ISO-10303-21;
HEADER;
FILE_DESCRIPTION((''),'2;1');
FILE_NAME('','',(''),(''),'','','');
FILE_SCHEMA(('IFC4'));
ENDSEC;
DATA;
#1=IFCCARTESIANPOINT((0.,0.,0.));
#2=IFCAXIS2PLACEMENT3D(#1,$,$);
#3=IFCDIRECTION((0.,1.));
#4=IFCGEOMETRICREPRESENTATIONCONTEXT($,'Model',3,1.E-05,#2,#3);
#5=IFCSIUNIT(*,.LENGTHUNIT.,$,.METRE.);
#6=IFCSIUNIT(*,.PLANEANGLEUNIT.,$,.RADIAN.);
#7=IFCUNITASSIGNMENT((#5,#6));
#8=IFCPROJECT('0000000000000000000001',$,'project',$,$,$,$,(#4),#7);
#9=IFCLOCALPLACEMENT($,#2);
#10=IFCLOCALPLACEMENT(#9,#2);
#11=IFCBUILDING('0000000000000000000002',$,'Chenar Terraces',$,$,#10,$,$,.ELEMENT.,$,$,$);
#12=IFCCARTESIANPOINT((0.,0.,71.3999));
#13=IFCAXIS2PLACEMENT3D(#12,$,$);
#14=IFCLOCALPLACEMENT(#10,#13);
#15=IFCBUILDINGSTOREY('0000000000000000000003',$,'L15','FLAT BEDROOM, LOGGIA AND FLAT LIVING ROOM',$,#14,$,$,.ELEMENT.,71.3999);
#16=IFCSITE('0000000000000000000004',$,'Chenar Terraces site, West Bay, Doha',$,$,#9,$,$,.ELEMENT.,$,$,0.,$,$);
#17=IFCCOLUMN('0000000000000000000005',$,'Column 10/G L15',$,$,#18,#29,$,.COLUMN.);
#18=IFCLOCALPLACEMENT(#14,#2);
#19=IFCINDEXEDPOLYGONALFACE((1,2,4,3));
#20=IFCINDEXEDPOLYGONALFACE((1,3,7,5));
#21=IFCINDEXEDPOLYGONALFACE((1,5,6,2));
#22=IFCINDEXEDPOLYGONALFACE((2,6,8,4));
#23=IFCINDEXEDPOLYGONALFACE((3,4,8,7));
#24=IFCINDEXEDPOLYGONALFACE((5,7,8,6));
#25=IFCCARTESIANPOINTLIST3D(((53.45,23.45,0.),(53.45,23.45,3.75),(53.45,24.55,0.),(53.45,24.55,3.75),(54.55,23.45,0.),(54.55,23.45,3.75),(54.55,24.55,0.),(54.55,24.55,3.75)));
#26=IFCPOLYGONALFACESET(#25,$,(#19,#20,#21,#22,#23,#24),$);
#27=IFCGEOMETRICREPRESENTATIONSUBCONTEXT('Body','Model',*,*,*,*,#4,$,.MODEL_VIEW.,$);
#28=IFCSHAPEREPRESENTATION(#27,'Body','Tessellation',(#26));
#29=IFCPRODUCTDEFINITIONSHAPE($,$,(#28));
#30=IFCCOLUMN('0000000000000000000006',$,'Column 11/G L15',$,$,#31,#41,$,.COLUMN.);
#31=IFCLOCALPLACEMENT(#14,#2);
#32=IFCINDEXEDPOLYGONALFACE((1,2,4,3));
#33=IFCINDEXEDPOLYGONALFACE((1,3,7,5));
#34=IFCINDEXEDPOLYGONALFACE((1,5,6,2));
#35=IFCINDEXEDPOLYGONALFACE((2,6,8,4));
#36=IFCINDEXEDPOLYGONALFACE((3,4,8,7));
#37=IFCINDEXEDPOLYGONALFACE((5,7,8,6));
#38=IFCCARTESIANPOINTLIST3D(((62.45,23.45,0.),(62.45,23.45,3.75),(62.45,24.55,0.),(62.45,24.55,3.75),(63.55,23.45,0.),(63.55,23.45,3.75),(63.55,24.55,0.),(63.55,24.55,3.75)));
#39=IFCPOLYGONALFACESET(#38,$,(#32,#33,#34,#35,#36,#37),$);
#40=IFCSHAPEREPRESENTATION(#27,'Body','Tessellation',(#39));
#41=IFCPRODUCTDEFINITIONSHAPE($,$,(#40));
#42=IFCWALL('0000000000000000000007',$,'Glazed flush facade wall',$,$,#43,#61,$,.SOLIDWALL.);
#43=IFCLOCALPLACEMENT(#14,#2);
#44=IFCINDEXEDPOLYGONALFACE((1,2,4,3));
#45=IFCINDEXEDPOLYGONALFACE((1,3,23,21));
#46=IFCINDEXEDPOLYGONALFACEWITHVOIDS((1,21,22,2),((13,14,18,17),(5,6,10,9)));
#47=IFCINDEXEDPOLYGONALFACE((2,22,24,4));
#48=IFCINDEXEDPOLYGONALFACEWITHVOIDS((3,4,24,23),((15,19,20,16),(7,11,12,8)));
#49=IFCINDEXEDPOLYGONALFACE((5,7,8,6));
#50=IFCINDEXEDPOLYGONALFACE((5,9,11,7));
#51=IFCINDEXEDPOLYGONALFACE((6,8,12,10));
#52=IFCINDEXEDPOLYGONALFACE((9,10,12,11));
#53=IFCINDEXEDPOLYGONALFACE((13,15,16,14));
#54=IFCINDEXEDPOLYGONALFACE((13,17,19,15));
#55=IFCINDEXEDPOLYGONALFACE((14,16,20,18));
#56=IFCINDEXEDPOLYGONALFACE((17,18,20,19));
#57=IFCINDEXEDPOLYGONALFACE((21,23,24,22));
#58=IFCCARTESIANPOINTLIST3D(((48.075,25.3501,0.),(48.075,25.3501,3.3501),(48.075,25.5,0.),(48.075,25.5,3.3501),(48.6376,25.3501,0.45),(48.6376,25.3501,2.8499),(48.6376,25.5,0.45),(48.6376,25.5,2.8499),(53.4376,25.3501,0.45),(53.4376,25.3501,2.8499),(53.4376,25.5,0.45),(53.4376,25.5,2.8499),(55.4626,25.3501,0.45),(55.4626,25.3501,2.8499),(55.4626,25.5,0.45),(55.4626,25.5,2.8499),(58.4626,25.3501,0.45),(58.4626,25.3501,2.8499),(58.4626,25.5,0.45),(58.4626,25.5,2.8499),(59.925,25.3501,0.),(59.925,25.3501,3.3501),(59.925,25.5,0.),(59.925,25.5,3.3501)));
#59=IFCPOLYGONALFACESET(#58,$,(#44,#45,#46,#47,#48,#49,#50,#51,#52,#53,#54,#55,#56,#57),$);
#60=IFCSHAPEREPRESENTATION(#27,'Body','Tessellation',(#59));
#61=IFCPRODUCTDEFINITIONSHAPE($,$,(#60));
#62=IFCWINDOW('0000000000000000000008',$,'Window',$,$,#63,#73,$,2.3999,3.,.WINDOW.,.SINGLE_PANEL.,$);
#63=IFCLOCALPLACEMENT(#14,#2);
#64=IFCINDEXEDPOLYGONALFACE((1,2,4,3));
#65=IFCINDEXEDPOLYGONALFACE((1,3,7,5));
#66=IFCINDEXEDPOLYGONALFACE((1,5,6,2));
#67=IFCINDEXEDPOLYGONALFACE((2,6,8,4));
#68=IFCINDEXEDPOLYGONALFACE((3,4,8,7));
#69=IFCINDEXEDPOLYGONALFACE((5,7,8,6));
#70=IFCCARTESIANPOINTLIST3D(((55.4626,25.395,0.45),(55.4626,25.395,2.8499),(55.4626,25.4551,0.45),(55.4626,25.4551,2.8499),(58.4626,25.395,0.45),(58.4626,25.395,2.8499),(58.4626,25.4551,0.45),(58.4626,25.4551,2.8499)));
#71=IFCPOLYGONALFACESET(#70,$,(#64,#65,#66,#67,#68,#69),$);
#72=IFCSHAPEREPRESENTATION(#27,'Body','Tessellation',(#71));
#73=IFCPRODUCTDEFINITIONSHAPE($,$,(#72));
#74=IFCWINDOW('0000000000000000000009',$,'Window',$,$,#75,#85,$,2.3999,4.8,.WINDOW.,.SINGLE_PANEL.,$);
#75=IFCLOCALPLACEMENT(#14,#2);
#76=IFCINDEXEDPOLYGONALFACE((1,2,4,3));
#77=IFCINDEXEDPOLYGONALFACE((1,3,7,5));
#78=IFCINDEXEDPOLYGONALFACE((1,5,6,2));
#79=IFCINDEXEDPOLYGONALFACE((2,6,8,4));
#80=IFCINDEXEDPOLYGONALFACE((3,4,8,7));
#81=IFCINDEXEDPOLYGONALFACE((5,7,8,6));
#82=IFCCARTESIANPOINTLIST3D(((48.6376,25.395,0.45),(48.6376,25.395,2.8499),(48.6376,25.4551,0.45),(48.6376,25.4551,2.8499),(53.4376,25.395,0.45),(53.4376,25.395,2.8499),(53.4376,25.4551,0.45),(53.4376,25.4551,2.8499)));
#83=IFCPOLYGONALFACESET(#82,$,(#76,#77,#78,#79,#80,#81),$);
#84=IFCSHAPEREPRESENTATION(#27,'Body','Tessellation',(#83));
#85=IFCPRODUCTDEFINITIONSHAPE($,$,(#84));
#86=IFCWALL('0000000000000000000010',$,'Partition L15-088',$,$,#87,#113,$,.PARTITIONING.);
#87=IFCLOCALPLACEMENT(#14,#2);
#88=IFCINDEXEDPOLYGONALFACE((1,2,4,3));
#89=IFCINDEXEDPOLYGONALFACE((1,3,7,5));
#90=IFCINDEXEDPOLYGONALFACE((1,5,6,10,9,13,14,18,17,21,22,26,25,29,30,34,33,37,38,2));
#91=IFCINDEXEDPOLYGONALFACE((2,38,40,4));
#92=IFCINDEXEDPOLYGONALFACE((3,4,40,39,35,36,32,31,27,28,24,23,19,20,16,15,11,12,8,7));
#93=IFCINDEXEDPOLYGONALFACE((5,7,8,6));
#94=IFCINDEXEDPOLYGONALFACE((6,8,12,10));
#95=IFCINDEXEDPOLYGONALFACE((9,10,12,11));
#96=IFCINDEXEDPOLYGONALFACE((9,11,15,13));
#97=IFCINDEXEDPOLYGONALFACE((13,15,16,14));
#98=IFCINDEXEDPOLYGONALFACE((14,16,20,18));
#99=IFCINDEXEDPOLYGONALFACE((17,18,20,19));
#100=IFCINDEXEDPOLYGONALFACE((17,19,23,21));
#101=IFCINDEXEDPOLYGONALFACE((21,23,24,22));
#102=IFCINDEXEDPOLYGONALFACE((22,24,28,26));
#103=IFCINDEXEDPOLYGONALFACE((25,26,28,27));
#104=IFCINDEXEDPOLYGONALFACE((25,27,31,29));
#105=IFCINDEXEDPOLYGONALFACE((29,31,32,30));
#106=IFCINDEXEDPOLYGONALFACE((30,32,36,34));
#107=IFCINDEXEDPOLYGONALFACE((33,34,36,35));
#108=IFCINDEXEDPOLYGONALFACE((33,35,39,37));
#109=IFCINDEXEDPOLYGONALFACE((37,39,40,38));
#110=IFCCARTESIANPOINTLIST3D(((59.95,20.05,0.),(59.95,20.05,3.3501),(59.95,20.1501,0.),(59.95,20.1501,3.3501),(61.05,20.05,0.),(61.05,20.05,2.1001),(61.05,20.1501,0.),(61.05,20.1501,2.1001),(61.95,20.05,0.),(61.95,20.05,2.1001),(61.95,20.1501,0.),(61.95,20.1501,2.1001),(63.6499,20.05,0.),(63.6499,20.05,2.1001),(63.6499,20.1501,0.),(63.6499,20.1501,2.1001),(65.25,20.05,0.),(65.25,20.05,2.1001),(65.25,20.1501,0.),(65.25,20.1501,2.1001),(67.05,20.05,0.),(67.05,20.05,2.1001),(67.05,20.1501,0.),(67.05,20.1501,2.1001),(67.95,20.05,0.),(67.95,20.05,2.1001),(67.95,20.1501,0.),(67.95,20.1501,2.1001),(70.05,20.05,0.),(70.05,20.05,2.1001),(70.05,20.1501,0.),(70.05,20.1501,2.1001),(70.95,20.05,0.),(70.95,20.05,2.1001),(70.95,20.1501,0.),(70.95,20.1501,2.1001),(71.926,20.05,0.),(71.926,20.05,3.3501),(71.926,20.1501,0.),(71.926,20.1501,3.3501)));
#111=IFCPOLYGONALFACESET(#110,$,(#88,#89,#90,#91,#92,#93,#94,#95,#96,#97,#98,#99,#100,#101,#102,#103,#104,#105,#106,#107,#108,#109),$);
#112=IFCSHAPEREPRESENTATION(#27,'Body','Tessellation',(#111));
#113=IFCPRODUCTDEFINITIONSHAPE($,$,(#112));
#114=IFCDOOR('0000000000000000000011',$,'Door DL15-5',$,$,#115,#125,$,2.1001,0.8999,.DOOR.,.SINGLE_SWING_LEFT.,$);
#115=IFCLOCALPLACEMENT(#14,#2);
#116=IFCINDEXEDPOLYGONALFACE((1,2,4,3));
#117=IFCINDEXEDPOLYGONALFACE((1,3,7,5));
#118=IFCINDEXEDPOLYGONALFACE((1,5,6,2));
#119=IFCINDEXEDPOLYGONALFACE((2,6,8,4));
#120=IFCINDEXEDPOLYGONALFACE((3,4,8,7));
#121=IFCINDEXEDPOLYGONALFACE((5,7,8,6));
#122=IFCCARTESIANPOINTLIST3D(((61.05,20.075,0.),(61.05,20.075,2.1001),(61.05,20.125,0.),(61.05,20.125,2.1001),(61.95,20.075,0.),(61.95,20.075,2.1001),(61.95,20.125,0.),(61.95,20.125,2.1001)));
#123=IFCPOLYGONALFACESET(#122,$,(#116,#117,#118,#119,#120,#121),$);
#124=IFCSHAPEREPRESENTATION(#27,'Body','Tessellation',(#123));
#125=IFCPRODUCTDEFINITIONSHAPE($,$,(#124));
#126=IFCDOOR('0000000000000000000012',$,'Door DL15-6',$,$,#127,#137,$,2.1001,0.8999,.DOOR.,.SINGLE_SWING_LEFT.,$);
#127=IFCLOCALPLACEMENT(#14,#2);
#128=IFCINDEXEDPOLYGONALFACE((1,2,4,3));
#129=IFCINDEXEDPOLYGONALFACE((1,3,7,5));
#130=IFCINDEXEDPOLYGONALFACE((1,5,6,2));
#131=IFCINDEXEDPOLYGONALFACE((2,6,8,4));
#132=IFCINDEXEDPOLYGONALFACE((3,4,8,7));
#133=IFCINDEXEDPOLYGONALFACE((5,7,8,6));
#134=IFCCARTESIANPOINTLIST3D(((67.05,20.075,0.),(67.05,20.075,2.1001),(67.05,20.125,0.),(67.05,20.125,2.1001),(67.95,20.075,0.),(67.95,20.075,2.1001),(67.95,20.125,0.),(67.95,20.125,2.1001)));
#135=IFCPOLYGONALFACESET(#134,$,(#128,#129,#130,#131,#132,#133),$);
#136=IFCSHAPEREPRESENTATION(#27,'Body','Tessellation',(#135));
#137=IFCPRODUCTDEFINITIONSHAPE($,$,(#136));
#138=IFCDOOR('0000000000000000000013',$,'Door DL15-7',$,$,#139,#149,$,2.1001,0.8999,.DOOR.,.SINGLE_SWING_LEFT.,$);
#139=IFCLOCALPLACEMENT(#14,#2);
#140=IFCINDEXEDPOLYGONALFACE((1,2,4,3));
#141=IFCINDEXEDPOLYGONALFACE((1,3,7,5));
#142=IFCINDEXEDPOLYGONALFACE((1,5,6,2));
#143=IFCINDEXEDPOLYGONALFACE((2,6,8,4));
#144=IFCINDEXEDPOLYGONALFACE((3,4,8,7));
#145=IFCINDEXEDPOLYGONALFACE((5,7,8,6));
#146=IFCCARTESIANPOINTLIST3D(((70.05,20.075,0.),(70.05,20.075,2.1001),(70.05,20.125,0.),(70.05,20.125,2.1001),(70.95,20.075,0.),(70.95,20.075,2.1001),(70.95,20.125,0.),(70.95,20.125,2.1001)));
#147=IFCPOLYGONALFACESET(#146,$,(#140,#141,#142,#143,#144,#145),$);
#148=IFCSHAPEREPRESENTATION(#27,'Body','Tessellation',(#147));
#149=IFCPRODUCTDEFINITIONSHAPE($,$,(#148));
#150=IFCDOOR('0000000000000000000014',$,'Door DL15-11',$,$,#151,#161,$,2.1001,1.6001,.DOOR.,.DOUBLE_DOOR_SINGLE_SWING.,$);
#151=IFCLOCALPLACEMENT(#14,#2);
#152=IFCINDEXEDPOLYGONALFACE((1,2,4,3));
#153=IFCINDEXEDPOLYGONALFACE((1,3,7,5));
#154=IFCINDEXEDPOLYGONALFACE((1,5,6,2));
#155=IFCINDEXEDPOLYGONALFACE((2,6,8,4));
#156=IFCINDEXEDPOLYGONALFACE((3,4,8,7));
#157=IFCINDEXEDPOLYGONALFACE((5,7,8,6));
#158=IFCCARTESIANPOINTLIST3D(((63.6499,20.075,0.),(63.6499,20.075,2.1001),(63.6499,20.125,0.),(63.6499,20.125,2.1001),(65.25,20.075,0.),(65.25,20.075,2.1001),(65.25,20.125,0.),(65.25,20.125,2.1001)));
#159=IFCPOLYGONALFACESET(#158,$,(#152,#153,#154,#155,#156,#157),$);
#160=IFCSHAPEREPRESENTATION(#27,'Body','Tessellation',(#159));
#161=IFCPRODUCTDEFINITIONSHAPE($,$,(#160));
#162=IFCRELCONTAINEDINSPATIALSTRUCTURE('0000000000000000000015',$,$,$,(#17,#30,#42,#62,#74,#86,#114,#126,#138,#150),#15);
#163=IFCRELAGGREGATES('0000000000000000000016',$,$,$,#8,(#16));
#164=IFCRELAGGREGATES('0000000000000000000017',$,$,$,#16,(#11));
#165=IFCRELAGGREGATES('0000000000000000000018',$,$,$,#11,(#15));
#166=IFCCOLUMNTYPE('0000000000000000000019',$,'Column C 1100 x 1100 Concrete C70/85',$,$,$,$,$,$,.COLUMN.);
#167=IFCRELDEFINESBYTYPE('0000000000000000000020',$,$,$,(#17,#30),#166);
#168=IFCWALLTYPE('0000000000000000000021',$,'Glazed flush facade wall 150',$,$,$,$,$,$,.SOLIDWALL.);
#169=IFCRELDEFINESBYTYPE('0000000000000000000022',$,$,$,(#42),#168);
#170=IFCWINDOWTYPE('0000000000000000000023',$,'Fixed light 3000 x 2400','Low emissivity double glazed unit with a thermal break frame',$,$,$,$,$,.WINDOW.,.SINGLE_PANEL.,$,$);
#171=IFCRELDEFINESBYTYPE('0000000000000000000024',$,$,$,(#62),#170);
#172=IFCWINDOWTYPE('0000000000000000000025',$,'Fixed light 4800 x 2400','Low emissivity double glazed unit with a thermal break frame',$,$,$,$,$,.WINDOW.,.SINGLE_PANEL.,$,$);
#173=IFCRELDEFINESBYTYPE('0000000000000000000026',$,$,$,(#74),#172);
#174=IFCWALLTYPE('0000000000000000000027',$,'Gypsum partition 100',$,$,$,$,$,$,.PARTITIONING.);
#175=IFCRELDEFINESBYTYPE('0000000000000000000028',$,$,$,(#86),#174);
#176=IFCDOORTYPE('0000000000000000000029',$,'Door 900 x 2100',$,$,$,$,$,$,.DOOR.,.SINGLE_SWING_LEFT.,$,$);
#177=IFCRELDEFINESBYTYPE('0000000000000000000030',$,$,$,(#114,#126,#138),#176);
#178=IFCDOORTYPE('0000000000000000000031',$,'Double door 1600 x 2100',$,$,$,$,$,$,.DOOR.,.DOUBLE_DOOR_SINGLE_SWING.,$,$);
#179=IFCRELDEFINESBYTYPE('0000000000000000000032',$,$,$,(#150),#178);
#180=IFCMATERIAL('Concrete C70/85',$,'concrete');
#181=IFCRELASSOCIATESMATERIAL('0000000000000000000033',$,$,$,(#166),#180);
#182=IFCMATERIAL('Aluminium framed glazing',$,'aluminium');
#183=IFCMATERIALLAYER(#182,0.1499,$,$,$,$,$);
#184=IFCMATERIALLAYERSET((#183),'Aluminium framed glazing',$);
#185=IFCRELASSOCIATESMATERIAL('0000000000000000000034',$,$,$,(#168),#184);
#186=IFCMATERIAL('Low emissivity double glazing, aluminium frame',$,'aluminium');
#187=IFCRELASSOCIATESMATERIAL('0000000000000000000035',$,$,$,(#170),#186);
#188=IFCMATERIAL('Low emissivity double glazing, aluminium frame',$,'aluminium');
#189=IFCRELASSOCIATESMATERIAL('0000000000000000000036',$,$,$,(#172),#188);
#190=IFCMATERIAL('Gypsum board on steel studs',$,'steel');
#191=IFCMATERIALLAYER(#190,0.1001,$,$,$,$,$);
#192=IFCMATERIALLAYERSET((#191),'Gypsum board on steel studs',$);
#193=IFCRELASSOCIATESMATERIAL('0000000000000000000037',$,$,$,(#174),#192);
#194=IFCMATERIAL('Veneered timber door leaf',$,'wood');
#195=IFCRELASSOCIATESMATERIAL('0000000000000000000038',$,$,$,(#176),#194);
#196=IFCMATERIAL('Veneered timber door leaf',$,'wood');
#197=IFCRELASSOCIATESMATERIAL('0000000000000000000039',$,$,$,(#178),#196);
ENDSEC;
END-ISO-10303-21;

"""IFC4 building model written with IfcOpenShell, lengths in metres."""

from ifc_helpers import new_model, si_unit, direction, frame, frame_2d, origin, origin_2d, place, context, subcontext, project, spatial, rectangle, extrude, material, layer, layer_set, material_profile, profile_set, type_object, element, fill, save


model = new_model("IFC4")

# Units and contexts
model_context = context("Model", 3, precision=1e-05, world=origin(), true_north=direction((0.0, 1.0)))
body_context = subcontext(model_context, "Body", "Model", "MODEL_VIEW")
ifc_project = project(units=[si_unit("LENGTHUNIT", "METRE"), si_unit("PLANEANGLEUNIT", "RADIAN")], contexts=[model_context])

# Site, building, storey
site_placement = place(None, origin())
site = spatial("IfcSite", under=ifc_project, at=site_placement, Name="Chenar Terraces site, West Bay, Doha", CompositionType="ELEMENT", RefElevation=0.0)
building_placement = place(site_placement, origin())
building = spatial("IfcBuilding", under=site, at=building_placement, Name="Chenar Terraces", CompositionType="ELEMENT")
storey_placement = place(building_placement, frame((0.0, 0.0, 71.3999)))
storey = spatial("IfcBuildingStorey", under=building, at=storey_placement, Name="L15", Description="FLAT BEDROOM, LOGGIA AND FLAT LIVING ROOM", CompositionType="ELEMENT", Elevation=71.3999)

# Columns
ifc_material_1 = material(Name="Concrete C70/85", Category="concrete")
ifc_material_profile_1 = material_profile(ifc_material_1, rectangle(XDim=1.1001, YDim=1.1001, at=origin_2d()), Name="C 1100 x 1100")
ifc_profile_set_1 = profile_set([ifc_material_profile_1], Name="Concrete C70/85")
column_type = type_object("IfcColumnType", Name="Column C 1100 x 1100 Concrete C70/85", PredefinedType="COLUMN", material=ifc_profile_set_1)
for number, where, z_axis, x_axis, name in (
    (1, (54.0, 24.0, 0.0), (0.0, 0.0, 1.0), (1.0, 0.0, 0.0), "Column 10/G L15"),
    (2, (63.0, 24.0, 0.0), (0.0, 0.0, 1.0), (1.0, 0.0, 0.0), "Column 11/G L15"),
):
    element("IfcColumn", number, at=place(storey_placement, frame(where, z_axis=z_axis, x_axis=x_axis)), inside=storey, type_object=column_type, Name=name, PredefinedType="COLUMN", context=body_context, shape_type="SweptSolid", body=[
        extrude(rectangle(XDim=1.1001, YDim=1.1001, at=origin_2d()), origin(), (0.0, 0.0, 1.0), 3.75),
    ])

# Wall, openings, windows
ifc_material_2 = material(Name="Aluminium framed glazing", Category="aluminium")
ifc_layer_1 = layer(ifc_material_2, 0.1499)
ifc_layer_set_1 = layer_set([ifc_layer_1], Name="Aluminium framed glazing")
wall_type_1 = type_object("IfcWallType", Name="Glazed flush facade wall 150", PredefinedType="SOLIDWALL", material=ifc_layer_set_1)
wall_1_placement = place(storey_placement, frame((59.925, 25.425, 0.0), z_axis=(0.0, 0.0, 1.0), x_axis=(-1.0, 0.0, 0.0)))
wall_1 = element("IfcWall", 3, at=wall_1_placement, inside=storey, type_object=wall_type_1, Name="Glazed flush facade wall", PredefinedType="SOLIDWALL", context=body_context, shape_type="SweptSolid", body=[
    extrude(rectangle(XDim=11.8501, YDim=0.1499, at=frame_2d((5.925, 0.0))), origin(), (0.0, 0.0, 1.0), 3.3501),
])
opening_1_placement = place(wall_1_placement, frame((1.4624, 0.0, 0.45)))
opening_1 = element("IfcOpeningElement", 4, at=opening_1_placement, cuts=wall_1, PredefinedType="OPENING", context=body_context, shape_type="SweptSolid", body=[
    extrude(rectangle(XDim=3.0, YDim=2.3999, at=frame_2d((1.5, 1.2))), frame((0.0, 0.085, 0.0), z_axis=(0.0, -1.0, 0.0), x_axis=(1.0, 0.0, 0.0)), (0.0, 0.0, 1.0), 0.1699),
])
opening_2_placement = place(wall_1_placement, frame((6.4875, 0.0, 0.45)))
opening_2 = element("IfcOpeningElement", 5, at=opening_2_placement, cuts=wall_1, PredefinedType="OPENING", context=body_context, shape_type="SweptSolid", body=[
    extrude(rectangle(XDim=4.8, YDim=2.3999, at=frame_2d((2.3999, 1.2))), frame((0.0, 0.085, 0.0), z_axis=(0.0, -1.0, 0.0), x_axis=(1.0, 0.0, 0.0)), (0.0, 0.0, 1.0), 0.1699),
])
ifc_material_3 = material(Name="Low emissivity double glazing, aluminium frame", Category="aluminium")
window_type_1 = type_object("IfcWindowType", Name="Fixed light 3000 x 2400", Description="Low emissivity double glazed unit with a thermal break frame", PartitioningType="SINGLE_PANEL", PredefinedType="WINDOW", material=ifc_material_3)
window_1_placement = place(opening_1_placement, origin())
window_1 = element("IfcWindow", 6, at=window_1_placement, inside=storey, type_object=window_type_1, Name="Window", OverallHeight=2.3999, OverallWidth=3.0, PartitioningType="SINGLE_PANEL", PredefinedType="WINDOW", context=body_context, shape_type="SweptSolid", body=[
    extrude(rectangle(XDim=3.0, YDim=2.3999, at=frame_2d((1.5, 1.2))), frame((0.0, 0.03, 0.0), z_axis=(0.0, -1.0, 0.0), x_axis=(1.0, 0.0, 0.0)), (0.0, 0.0, 1.0), 0.0601),
])
fill(opening_1, window_1)
ifc_material_4 = material(Name="Low emissivity double glazing, aluminium frame", Category="aluminium")
window_type_2 = type_object("IfcWindowType", Name="Fixed light 4800 x 2400", Description="Low emissivity double glazed unit with a thermal break frame", PartitioningType="SINGLE_PANEL", PredefinedType="WINDOW", material=ifc_material_4)
window_2_placement = place(opening_2_placement, origin())
window_2 = element("IfcWindow", 7, at=window_2_placement, inside=storey, type_object=window_type_2, Name="Window", OverallHeight=2.3999, OverallWidth=4.8, PartitioningType="SINGLE_PANEL", PredefinedType="WINDOW", context=body_context, shape_type="SweptSolid", body=[
    extrude(rectangle(XDim=4.8, YDim=2.3999, at=frame_2d((2.3999, 1.2))), frame((0.0, 0.03, 0.0), z_axis=(0.0, -1.0, 0.0), x_axis=(1.0, 0.0, 0.0)), (0.0, 0.0, 1.0), 0.0601),
])
fill(opening_2, window_2)

# Wall, openings, doors
ifc_material_5 = material(Name="Gypsum board on steel studs", Category="steel")
ifc_layer_2 = layer(ifc_material_5, 0.1001)
ifc_layer_set_2 = layer_set([ifc_layer_2], Name="Gypsum board on steel studs")
wall_type_2 = type_object("IfcWallType", Name="Gypsum partition 100", PredefinedType="PARTITIONING", material=ifc_layer_set_2)
wall_2_placement = place(storey_placement, frame((59.95, 20.1001, 0.0), z_axis=(0.0, 0.0, 1.0), x_axis=(1.0, 0.0, 0.0)))
wall_2 = element("IfcWall", 8, at=wall_2_placement, inside=storey, type_object=wall_type_2, Name="Partition L15-088", PredefinedType="PARTITIONING", context=body_context, shape_type="SweptSolid", body=[
    extrude(rectangle(XDim=11.9761, YDim=0.1001, at=frame_2d((5.988, 0.0))), origin(), (0.0, 0.0, 1.0), 3.3501),
])
opening_3_placement = place(wall_2_placement, frame((1.1001, 0.0, 0.0)))
opening_3 = element("IfcOpeningElement", 9, at=opening_3_placement, cuts=wall_2, PredefinedType="OPENING", context=body_context, shape_type="SweptSolid", body=[
    extrude(rectangle(XDim=0.8999, YDim=2.1001, at=frame_2d((0.45, 1.05))), frame((0.0, 0.0601, 0.0), z_axis=(0.0, -1.0, 0.0), x_axis=(1.0, 0.0, 0.0)), (0.0, 0.0, 1.0), 0.1201),
])
opening_4_placement = place(wall_2_placement, frame((7.1001, 0.0, 0.0)))
opening_4 = element("IfcOpeningElement", 10, at=opening_4_placement, cuts=wall_2, PredefinedType="OPENING", context=body_context, shape_type="SweptSolid", body=[
    extrude(rectangle(XDim=0.8999, YDim=2.1001, at=frame_2d((0.45, 1.05))), frame((0.0, 0.0601, 0.0), z_axis=(0.0, -1.0, 0.0), x_axis=(1.0, 0.0, 0.0)), (0.0, 0.0, 1.0), 0.1201),
])
opening_5_placement = place(wall_2_placement, frame((10.1001, 0.0, 0.0)))
opening_5 = element("IfcOpeningElement", 11, at=opening_5_placement, cuts=wall_2, PredefinedType="OPENING", context=body_context, shape_type="SweptSolid", body=[
    extrude(rectangle(XDim=0.8999, YDim=2.1001, at=frame_2d((0.45, 1.05))), frame((0.0, 0.0601, 0.0), z_axis=(0.0, -1.0, 0.0), x_axis=(1.0, 0.0, 0.0)), (0.0, 0.0, 1.0), 0.1201),
])
opening_6_placement = place(wall_2_placement, frame((3.7, 0.0, 0.0)))
opening_6 = element("IfcOpeningElement", 12, at=opening_6_placement, cuts=wall_2, PredefinedType="OPENING", context=body_context, shape_type="SweptSolid", body=[
    extrude(rectangle(XDim=1.6001, YDim=2.1001, at=frame_2d((0.8, 1.05))), frame((0.0, 0.0601, 0.0), z_axis=(0.0, -1.0, 0.0), x_axis=(1.0, 0.0, 0.0)), (0.0, 0.0, 1.0), 0.1201),
])
ifc_material_6 = material(Name="Veneered timber door leaf", Category="wood")
door_type_1 = type_object("IfcDoorType", Name="Door 900 x 2100", OperationType="SINGLE_SWING_LEFT", PredefinedType="DOOR", material=ifc_material_6)
door_1_placement = place(opening_3_placement, origin())
door_1 = element("IfcDoor", 13, at=door_1_placement, inside=storey, type_object=door_type_1, Name="Door DL15-5", OperationType="SINGLE_SWING_LEFT", OverallHeight=2.1001, OverallWidth=0.8999, PredefinedType="DOOR", context=body_context, shape_type="SweptSolid", body=[
    extrude(rectangle(XDim=0.8999, YDim=2.1001, at=frame_2d((0.45, 1.05))), frame((0.0, 0.0249, 0.0), z_axis=(0.0, -1.0, 0.0), x_axis=(1.0, 0.0, 0.0)), (0.0, 0.0, 1.0), 0.05),
])
fill(opening_3, door_1)
door_2_placement = place(opening_4_placement, origin())
door_2 = element("IfcDoor", 14, at=door_2_placement, inside=storey, type_object=door_type_1, Name="Door DL15-6", OperationType="SINGLE_SWING_LEFT", OverallHeight=2.1001, OverallWidth=0.8999, PredefinedType="DOOR", context=body_context, shape_type="SweptSolid", body=[
    extrude(rectangle(XDim=0.8999, YDim=2.1001, at=frame_2d((0.45, 1.05))), frame((0.0, 0.0249, 0.0), z_axis=(0.0, -1.0, 0.0), x_axis=(1.0, 0.0, 0.0)), (0.0, 0.0, 1.0), 0.05),
])
fill(opening_4, door_2)
door_3_placement = place(opening_5_placement, origin())
door_3 = element("IfcDoor", 15, at=door_3_placement, inside=storey, type_object=door_type_1, Name="Door DL15-7", OperationType="SINGLE_SWING_LEFT", OverallHeight=2.1001, OverallWidth=0.8999, PredefinedType="DOOR", context=body_context, shape_type="SweptSolid", body=[
    extrude(rectangle(XDim=0.8999, YDim=2.1001, at=frame_2d((0.45, 1.05))), frame((0.0, 0.0249, 0.0), z_axis=(0.0, -1.0, 0.0), x_axis=(1.0, 0.0, 0.0)), (0.0, 0.0, 1.0), 0.05),
])
fill(opening_5, door_3)
ifc_material_7 = material(Name="Veneered timber door leaf", Category="wood")
door_type_2 = type_object("IfcDoorType", Name="Double door 1600 x 2100", OperationType="DOUBLE_DOOR_SINGLE_SWING", PredefinedType="DOOR", material=ifc_material_7)
door_4_placement = place(opening_6_placement, origin())
door_4 = element("IfcDoor", 16, at=door_4_placement, inside=storey, type_object=door_type_2, Name="Door DL15-11", OperationType="DOUBLE_DOOR_SINGLE_SWING", OverallHeight=2.1001, OverallWidth=1.6001, PredefinedType="DOOR", context=body_context, shape_type="SweptSolid", body=[
    extrude(rectangle(XDim=1.6001, YDim=2.1001, at=frame_2d((0.8, 1.05))), frame((0.0, 0.0249, 0.0), z_axis=(0.0, -1.0, 0.0), x_axis=(1.0, 0.0, 0.0)), (0.0, 0.0, 1.0), 0.05),
])
fill(opening_6, door_4)

save(model, "model.ifc")
